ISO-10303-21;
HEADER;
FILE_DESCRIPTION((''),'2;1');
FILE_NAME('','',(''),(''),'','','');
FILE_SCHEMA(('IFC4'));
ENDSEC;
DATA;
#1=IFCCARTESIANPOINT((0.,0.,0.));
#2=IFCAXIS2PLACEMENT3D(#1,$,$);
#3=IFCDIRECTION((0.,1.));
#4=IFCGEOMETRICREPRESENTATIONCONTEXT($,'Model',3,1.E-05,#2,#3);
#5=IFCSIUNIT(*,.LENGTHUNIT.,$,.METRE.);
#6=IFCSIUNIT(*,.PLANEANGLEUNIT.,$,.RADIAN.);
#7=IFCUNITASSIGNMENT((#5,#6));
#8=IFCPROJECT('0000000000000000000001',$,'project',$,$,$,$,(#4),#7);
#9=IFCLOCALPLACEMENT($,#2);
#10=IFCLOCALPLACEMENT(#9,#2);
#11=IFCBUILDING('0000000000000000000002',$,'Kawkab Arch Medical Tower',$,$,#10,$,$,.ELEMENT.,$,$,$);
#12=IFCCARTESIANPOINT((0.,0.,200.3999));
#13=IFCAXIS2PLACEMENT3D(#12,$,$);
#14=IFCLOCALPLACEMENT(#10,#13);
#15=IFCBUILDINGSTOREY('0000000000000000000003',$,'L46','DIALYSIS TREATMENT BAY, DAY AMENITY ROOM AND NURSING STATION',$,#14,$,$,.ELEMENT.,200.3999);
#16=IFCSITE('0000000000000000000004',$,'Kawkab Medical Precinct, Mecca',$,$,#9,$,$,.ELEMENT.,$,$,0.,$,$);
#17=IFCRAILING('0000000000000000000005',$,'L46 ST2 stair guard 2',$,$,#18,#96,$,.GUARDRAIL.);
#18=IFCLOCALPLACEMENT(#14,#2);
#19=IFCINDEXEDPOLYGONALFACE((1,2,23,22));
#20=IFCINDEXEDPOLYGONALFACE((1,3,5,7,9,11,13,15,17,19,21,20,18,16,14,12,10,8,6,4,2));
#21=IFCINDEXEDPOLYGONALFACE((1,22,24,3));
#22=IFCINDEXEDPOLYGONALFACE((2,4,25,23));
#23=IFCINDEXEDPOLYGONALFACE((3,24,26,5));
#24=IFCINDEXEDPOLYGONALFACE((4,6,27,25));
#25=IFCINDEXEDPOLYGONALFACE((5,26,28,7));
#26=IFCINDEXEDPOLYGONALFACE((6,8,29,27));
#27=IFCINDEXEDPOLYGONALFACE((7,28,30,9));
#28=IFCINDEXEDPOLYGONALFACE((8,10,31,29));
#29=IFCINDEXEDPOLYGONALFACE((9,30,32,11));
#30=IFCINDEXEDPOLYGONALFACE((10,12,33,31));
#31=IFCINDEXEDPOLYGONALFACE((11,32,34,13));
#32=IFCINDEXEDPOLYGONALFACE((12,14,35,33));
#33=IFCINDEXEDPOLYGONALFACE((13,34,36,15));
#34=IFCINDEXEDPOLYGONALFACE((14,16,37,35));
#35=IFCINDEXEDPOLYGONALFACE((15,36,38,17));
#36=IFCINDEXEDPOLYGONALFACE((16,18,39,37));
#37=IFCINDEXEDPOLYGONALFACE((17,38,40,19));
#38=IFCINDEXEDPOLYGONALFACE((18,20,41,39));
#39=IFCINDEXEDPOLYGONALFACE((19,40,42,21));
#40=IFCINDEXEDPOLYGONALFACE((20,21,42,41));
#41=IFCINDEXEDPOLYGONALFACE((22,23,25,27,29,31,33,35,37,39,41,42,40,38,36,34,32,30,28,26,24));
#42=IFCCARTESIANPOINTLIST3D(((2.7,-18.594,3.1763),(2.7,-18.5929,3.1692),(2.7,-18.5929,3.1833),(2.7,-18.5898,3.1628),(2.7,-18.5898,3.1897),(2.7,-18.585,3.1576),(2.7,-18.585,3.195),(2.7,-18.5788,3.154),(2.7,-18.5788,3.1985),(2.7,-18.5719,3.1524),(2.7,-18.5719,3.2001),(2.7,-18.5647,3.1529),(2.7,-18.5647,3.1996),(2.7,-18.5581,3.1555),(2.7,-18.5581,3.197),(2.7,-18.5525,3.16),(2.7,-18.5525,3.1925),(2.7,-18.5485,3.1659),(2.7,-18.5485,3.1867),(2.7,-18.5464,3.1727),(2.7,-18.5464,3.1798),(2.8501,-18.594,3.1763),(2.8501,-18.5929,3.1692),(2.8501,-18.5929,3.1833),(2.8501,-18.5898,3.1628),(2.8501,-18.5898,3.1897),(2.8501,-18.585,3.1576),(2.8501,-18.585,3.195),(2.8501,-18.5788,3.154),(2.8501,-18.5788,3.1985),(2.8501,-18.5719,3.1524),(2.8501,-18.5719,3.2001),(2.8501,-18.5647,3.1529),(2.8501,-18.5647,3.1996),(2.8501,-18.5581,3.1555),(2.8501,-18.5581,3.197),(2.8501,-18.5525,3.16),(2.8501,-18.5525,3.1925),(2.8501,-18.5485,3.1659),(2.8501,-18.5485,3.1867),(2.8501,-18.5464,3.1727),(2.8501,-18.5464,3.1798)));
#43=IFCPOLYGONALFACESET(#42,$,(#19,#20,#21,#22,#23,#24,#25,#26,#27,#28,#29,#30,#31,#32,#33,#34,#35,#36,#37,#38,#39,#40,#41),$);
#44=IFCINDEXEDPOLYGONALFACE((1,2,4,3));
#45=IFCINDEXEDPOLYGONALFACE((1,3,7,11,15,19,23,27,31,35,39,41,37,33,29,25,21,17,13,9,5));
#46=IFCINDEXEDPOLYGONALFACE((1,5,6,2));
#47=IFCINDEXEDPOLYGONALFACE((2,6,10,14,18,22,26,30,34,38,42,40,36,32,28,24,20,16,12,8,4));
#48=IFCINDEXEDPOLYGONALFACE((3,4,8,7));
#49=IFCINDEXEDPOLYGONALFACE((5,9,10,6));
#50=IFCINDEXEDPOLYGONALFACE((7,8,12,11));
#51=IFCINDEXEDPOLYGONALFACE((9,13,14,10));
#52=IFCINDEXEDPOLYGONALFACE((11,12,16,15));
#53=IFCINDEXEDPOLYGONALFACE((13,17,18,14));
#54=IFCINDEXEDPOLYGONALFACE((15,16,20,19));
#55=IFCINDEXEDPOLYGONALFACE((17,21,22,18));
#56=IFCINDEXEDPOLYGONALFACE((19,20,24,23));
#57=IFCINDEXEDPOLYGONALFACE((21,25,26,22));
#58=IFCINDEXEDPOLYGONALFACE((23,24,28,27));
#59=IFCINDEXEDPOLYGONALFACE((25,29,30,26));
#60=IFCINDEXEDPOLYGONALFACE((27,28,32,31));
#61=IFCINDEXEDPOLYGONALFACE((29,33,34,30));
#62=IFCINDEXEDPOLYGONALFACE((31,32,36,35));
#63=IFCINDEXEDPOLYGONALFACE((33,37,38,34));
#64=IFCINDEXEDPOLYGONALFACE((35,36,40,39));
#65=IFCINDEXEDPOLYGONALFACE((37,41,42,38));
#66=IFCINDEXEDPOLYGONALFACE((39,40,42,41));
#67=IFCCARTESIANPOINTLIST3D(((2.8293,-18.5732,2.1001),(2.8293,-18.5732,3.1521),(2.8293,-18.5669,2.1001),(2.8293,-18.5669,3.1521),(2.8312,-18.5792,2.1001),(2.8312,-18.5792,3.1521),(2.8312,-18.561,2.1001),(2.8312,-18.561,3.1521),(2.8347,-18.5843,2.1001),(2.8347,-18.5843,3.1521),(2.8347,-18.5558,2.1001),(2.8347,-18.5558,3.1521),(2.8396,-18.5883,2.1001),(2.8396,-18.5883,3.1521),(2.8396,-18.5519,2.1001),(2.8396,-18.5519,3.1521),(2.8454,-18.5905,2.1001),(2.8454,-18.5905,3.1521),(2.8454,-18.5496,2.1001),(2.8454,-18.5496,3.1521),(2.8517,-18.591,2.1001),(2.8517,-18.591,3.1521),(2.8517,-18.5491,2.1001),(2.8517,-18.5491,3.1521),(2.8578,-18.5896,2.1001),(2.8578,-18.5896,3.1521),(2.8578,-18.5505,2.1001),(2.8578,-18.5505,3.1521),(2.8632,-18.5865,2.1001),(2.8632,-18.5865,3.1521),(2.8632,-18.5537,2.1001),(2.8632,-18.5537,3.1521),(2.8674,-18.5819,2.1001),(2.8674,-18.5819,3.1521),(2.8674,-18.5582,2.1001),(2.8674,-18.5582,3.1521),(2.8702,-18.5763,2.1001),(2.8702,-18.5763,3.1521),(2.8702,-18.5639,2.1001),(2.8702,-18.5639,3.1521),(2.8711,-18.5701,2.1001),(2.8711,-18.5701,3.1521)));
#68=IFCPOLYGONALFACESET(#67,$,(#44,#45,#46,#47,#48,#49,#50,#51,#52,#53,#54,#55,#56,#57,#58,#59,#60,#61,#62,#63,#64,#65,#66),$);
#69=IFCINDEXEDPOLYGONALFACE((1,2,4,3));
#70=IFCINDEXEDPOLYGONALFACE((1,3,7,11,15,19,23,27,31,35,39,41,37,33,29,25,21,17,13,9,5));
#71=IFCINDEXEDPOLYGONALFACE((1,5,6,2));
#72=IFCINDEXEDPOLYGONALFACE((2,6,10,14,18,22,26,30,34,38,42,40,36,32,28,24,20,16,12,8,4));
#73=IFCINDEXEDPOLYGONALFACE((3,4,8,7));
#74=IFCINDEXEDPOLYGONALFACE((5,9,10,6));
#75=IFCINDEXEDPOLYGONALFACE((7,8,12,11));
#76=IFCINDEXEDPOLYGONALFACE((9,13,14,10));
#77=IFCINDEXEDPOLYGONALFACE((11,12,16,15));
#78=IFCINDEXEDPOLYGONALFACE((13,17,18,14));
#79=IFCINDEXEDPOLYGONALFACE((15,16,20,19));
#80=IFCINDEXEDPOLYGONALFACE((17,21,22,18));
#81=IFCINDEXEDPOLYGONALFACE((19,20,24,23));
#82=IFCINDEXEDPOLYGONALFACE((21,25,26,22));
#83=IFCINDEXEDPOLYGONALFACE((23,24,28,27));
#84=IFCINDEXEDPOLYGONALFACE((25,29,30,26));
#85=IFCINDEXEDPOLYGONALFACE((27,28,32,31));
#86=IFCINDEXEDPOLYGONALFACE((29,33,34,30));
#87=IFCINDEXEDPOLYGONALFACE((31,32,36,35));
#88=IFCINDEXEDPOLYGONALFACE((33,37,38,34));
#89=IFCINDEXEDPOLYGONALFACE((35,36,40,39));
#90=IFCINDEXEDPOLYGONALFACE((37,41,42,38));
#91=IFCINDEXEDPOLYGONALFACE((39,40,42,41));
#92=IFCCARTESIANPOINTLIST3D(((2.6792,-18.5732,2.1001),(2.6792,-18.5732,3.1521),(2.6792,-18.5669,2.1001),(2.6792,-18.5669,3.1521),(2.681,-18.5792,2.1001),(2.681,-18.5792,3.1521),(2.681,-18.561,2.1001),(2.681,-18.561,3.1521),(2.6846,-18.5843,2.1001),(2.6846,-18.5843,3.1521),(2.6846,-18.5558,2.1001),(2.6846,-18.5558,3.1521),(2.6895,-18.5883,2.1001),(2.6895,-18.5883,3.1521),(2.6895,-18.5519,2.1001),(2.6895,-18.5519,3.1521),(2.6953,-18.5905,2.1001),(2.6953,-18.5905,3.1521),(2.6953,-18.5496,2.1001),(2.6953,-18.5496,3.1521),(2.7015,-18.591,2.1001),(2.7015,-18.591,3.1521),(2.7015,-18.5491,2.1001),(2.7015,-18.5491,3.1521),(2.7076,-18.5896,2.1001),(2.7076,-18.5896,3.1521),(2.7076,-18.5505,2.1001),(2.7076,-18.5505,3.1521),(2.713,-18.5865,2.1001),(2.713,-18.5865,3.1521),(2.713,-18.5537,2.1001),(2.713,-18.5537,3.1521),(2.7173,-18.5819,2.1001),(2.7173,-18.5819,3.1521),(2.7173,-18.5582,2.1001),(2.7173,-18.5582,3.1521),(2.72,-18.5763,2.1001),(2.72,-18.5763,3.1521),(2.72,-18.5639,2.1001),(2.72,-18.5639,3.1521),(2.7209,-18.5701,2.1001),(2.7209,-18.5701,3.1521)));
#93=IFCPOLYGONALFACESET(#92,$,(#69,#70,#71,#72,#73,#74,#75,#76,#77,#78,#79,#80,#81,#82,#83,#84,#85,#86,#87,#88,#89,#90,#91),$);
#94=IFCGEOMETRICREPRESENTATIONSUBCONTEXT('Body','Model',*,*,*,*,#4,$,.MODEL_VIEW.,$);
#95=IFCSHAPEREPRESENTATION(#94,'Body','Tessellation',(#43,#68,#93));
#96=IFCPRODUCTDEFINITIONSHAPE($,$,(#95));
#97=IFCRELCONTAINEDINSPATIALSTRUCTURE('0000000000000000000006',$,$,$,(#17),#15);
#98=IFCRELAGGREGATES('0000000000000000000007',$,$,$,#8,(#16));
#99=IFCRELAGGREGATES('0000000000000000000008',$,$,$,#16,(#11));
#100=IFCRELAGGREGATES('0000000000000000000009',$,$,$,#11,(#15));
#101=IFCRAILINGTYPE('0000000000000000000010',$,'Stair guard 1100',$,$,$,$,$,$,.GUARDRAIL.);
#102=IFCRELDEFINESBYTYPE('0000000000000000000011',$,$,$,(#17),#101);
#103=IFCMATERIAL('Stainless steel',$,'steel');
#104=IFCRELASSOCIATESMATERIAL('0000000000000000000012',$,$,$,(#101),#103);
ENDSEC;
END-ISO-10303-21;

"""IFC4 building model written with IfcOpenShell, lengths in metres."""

from ifc_helpers import new_model, si_unit, direction, frame, origin, origin_2d, place, context, subcontext, project, spatial, circle, extrude, material, type_object, element, save


model = new_model("IFC4")

# Units and contexts
model_context = context("Model", 3, precision=1e-05, world=origin(), true_north=direction((0.0, 1.0)))
body_context = subcontext(model_context, "Body", "Model", "MODEL_VIEW")
ifc_project = project(units=[si_unit("LENGTHUNIT", "METRE"), si_unit("PLANEANGLEUNIT", "RADIAN")], contexts=[model_context])

# Site, building, storey
site_placement = place(None, origin())
site = spatial("IfcSite", under=ifc_project, at=site_placement, Name="Kawkab Medical Precinct, Mecca", CompositionType="ELEMENT", RefElevation=0.0)
building_placement = place(site_placement, origin())
building = spatial("IfcBuilding", under=site, at=building_placement, Name="Kawkab Arch Medical Tower", CompositionType="ELEMENT")
storey_placement = place(building_placement, frame((0.0, 0.0, 200.3999)))
storey = spatial("IfcBuildingStorey", under=building, at=storey_placement, Name="L46", Description="DIALYSIS TREATMENT BAY, DAY AMENITY ROOM AND NURSING STATION", CompositionType="ELEMENT", Elevation=200.3999)

# Railing
ifc_material_1 = material(Name="Stainless steel", Category="steel")
railing_type_1 = type_object("IfcRailingType", Name="Stair guard 1100", PredefinedType="GUARDRAIL", material=ifc_material_1)
railing_1_placement = place(storey_placement, frame((2.8501, -18.5701, 2.1001)))
element("IfcRailing", 1, at=railing_1_placement, inside=storey, type_object=railing_type_1, Name="L46 ST2 stair guard 2", PredefinedType="GUARDRAIL", context=body_context, shape_type="SweptSolid", body=[
    extrude(circle(Radius=0.0239, at=origin_2d()), frame((0.0, 0.0, 1.0762), z_axis=(-1.0, 0.0, 0.0), x_axis=(0.0, -1.0, 0.0)), (0.0, 0.0, 1.0), 0.1501),
    extrude(circle(Radius=0.021, at=origin_2d()), origin(), (0.0, 0.0, 1.0), 1.052),
    extrude(circle(Radius=0.021, at=origin_2d()), frame((-0.1501, 0.0, 0.0)), (0.0, 0.0, 1.0), 1.052),
])

save(model, "model.ifc")
